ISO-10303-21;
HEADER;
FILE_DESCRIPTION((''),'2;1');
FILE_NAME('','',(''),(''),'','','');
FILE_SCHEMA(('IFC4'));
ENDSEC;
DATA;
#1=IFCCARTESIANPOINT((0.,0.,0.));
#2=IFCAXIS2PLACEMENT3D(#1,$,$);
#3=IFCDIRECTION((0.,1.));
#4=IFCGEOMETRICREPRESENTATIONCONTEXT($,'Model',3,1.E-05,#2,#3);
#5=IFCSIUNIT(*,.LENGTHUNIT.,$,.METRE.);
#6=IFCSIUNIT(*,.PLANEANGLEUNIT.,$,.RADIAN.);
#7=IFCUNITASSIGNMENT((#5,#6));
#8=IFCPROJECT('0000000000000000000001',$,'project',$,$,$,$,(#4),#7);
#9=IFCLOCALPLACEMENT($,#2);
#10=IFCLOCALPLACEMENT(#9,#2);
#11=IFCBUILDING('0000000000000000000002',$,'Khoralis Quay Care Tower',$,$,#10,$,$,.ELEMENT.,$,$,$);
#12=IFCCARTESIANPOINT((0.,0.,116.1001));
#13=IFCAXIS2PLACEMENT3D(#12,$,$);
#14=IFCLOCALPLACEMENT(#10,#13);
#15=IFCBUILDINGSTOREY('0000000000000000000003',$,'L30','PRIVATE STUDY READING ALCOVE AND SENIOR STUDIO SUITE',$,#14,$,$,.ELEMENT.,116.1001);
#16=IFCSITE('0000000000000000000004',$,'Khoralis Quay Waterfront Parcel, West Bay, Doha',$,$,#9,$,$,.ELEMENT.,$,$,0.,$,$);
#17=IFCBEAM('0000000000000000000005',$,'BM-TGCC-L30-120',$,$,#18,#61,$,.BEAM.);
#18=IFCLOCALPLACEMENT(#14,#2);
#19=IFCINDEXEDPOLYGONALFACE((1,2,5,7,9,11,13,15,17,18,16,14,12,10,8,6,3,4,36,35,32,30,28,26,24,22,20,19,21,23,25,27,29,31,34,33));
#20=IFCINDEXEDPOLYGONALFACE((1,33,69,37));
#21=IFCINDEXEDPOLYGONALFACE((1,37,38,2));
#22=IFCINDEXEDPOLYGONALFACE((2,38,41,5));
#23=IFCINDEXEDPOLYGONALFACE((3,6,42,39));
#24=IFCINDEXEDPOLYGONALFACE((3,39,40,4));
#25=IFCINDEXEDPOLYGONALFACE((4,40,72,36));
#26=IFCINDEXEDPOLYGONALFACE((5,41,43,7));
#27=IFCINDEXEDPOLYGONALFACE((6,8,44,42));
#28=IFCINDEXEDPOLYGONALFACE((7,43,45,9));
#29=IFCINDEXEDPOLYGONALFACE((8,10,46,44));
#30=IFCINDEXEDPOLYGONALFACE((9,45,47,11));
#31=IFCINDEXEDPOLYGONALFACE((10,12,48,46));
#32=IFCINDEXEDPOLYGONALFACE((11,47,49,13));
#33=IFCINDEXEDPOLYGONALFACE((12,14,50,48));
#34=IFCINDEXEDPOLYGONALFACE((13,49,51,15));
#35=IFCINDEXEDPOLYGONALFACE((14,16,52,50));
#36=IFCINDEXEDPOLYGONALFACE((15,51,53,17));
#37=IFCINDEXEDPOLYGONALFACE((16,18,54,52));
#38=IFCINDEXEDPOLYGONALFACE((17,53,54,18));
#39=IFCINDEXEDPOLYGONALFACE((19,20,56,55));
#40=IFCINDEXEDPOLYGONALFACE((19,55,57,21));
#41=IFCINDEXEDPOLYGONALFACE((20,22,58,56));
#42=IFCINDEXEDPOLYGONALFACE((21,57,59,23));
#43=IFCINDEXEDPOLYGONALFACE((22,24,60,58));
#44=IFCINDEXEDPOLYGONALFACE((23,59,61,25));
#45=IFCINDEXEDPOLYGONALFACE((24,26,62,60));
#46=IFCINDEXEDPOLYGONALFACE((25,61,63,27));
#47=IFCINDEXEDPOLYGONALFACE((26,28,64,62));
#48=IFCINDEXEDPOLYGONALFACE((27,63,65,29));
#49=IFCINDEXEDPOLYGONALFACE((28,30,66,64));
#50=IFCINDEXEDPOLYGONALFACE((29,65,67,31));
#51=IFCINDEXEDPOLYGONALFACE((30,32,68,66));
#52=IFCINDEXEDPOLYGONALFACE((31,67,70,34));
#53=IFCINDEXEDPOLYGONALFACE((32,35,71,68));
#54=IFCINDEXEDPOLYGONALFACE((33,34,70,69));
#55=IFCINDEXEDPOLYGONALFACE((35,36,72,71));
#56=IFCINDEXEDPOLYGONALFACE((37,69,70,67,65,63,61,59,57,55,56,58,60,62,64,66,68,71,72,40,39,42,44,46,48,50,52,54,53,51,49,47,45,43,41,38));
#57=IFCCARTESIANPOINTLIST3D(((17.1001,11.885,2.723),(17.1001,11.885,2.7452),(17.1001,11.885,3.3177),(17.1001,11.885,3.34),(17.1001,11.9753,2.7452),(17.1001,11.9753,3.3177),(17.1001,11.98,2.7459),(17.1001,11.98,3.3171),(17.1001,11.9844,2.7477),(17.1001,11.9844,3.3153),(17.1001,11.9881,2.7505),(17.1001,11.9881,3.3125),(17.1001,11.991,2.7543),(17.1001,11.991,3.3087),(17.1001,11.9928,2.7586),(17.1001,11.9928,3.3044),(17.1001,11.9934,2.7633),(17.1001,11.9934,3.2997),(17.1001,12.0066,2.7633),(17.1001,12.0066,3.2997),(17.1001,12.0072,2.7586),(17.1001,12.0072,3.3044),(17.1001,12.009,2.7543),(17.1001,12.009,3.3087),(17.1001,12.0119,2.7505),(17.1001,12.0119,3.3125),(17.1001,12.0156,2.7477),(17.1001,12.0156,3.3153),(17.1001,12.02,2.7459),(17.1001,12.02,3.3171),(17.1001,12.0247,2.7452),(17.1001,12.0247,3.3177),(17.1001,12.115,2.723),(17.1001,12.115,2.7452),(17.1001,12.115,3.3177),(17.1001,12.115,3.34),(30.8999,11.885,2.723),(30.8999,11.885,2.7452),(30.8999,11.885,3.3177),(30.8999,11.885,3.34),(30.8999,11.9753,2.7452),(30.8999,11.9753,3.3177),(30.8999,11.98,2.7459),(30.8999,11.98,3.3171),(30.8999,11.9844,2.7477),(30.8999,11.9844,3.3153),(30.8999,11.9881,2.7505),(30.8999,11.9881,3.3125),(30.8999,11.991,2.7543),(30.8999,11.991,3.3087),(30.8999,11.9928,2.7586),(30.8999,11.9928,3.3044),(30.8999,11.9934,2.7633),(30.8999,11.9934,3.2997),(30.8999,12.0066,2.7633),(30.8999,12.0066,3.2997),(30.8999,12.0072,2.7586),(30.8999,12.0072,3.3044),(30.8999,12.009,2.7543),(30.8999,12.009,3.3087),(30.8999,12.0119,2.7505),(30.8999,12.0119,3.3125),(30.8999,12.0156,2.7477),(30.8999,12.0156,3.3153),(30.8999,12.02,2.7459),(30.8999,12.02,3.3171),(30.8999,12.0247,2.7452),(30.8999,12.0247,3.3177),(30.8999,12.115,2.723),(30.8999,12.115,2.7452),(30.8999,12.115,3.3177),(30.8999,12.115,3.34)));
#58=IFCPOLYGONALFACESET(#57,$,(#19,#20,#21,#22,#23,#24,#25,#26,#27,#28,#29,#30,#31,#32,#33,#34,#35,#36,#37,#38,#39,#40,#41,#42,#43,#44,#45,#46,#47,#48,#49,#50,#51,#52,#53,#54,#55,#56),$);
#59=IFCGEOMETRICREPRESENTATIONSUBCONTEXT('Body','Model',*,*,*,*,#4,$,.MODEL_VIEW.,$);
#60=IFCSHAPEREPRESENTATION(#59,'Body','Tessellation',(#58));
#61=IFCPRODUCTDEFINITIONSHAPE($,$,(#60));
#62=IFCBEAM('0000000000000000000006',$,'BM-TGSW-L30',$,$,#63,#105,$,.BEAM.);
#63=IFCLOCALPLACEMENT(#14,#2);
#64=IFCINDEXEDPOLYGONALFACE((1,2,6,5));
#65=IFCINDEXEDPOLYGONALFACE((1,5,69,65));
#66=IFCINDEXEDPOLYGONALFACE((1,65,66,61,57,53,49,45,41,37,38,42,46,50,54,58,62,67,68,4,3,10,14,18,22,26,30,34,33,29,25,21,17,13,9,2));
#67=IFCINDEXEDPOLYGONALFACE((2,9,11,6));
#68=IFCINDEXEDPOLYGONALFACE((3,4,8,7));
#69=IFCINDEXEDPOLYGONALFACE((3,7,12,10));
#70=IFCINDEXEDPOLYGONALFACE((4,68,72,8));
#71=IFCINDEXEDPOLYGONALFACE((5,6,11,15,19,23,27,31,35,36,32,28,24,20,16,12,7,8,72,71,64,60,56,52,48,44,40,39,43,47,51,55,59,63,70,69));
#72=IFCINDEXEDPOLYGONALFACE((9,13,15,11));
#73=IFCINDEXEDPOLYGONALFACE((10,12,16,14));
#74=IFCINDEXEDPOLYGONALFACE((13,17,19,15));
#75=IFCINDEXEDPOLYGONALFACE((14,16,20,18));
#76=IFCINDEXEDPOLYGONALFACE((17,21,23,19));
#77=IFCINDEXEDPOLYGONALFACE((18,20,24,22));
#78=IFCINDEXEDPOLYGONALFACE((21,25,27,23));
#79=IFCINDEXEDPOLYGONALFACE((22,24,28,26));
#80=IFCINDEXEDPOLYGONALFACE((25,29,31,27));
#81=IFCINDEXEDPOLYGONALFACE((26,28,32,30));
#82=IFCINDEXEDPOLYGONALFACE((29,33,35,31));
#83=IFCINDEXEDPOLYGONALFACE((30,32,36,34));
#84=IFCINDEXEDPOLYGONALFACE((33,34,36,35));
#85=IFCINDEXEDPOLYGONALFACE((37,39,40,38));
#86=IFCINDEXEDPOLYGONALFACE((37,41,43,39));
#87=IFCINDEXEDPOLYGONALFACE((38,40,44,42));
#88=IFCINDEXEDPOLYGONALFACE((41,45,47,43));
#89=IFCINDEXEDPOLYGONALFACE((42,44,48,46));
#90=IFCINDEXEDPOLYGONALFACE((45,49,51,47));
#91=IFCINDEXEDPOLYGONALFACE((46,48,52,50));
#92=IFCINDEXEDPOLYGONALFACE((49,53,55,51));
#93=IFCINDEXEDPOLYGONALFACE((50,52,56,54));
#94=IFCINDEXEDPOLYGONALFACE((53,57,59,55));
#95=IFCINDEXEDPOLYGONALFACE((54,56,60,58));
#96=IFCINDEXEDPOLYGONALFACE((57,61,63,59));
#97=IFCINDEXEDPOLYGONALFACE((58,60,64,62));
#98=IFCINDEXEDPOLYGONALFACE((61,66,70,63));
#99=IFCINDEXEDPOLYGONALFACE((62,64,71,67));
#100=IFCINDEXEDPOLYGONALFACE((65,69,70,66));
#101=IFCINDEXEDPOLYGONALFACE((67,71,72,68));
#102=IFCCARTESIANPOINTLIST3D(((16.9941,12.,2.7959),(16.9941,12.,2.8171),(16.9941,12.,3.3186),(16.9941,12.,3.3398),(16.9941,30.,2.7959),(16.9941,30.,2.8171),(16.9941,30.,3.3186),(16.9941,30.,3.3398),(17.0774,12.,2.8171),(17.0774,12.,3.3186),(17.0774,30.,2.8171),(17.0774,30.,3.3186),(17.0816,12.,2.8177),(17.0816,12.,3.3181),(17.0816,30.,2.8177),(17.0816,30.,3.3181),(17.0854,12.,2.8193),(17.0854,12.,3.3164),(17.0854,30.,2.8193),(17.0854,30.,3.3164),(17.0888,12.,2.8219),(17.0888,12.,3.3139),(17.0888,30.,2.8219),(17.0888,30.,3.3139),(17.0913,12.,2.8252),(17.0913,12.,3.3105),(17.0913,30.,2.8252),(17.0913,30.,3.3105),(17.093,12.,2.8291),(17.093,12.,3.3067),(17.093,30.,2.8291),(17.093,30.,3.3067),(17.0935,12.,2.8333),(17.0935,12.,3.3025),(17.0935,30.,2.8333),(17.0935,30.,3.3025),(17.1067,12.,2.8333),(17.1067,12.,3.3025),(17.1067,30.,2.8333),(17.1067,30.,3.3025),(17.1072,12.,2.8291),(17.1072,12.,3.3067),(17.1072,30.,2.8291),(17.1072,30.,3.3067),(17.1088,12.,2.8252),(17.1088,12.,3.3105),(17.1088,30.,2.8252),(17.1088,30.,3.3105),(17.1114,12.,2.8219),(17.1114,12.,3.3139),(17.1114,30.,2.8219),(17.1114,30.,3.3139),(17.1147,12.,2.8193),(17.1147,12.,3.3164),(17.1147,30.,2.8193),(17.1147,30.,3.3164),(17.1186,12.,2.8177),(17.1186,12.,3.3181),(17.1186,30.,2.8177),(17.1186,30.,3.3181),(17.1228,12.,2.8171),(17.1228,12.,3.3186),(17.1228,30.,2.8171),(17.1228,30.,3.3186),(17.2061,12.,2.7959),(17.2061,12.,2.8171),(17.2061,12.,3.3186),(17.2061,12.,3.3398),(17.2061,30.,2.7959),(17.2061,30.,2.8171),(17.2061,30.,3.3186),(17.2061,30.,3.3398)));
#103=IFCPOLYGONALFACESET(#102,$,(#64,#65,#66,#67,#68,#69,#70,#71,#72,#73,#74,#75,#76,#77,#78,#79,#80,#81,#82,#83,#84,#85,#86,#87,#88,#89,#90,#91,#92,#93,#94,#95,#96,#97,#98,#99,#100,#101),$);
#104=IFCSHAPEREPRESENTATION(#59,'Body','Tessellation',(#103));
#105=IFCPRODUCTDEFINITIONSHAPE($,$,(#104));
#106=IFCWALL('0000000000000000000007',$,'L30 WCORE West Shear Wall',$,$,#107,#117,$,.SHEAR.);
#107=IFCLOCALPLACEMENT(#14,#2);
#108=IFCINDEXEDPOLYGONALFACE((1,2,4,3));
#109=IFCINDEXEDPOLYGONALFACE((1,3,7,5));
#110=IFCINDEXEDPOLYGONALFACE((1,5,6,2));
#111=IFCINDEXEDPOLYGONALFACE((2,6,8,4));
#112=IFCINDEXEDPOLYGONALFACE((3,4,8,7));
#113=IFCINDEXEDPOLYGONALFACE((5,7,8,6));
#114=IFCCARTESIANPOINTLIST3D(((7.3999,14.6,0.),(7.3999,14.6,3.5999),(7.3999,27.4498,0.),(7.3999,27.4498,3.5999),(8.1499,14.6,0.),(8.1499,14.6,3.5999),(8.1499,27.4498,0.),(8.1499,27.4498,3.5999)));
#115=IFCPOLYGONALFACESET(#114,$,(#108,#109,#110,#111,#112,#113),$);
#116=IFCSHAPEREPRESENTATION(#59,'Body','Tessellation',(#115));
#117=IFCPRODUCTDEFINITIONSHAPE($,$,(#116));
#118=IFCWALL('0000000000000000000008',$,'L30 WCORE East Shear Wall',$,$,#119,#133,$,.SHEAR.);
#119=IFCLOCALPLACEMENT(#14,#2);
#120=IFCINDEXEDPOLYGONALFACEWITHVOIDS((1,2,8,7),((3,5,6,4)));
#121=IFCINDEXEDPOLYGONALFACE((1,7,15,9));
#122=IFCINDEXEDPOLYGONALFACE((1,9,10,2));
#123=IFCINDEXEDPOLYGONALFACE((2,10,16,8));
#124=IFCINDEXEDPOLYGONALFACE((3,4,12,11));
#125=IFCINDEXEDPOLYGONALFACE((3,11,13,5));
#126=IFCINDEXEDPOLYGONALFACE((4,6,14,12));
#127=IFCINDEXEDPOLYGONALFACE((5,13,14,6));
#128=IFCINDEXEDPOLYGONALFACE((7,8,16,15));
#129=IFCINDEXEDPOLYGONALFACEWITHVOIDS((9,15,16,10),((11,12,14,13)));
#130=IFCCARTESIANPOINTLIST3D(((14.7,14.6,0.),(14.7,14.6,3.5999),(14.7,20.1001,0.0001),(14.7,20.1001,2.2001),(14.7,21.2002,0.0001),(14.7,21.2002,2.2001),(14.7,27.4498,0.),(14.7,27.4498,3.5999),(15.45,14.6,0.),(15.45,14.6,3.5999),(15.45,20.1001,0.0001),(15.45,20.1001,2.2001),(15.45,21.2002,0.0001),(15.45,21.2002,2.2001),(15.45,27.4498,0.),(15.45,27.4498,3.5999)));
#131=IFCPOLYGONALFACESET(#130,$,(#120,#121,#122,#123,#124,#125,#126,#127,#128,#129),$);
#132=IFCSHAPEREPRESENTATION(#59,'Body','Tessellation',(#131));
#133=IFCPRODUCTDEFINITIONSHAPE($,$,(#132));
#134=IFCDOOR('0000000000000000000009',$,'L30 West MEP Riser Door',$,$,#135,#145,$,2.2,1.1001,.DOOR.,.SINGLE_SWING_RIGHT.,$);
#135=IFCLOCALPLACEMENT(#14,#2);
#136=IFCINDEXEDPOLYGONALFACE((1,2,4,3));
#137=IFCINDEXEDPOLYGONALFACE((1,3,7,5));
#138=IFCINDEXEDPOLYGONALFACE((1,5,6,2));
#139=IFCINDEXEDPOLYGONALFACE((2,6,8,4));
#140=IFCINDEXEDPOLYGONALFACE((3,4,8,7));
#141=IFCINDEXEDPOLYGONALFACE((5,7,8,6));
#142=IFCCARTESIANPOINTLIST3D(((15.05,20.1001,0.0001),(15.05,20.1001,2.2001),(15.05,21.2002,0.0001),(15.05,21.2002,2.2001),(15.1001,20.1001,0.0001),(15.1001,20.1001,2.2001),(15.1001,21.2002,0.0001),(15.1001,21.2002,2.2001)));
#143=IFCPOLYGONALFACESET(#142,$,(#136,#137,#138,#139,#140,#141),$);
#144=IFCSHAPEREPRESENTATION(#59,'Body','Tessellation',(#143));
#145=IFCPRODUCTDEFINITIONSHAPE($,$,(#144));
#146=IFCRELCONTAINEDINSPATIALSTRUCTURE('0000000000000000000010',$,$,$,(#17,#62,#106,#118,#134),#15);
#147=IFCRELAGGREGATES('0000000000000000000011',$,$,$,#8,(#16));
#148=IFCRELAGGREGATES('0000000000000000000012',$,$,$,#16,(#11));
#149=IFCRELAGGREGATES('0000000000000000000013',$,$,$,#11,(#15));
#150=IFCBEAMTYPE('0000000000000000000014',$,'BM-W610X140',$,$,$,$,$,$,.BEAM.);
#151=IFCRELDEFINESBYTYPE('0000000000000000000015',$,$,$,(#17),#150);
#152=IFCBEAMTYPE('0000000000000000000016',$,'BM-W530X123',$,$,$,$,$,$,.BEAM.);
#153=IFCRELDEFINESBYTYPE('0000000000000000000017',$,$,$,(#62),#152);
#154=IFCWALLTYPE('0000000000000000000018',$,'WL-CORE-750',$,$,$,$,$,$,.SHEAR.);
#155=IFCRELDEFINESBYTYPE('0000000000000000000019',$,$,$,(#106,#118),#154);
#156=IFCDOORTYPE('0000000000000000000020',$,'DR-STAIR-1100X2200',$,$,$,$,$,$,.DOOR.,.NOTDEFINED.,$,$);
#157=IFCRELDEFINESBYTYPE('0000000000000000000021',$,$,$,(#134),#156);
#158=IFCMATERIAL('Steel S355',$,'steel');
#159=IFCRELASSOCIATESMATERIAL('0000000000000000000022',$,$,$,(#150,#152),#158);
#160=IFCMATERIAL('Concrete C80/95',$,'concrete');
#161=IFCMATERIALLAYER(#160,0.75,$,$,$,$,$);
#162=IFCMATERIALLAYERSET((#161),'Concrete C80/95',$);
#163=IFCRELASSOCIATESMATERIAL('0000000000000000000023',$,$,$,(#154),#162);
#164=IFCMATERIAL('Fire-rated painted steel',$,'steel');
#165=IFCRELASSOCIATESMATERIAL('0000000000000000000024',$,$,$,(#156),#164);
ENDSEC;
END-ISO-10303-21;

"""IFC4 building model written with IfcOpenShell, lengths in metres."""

from ifc_helpers import new_model, si_unit, direction, frame, frame_2d, origin, origin_2d, place, context, subcontext, project, spatial, rectangle, i_section, extrude, source, transform, mapped, material, layer, layer_set, material_profile, profile_set, type_object, element, fill, save


model = new_model("IFC4")

# Units and contexts
model_context = context("Model", 3, precision=1e-05, world=origin(), true_north=direction((0.0, 1.0)))
body_context = subcontext(model_context, "Body", "Model", "MODEL_VIEW")
ifc_project = project(units=[si_unit("LENGTHUNIT", "METRE"), si_unit("PLANEANGLEUNIT", "RADIAN")], contexts=[model_context])

# Site, building, storey
site_placement = place(None, origin())
site = spatial("IfcSite", under=ifc_project, at=site_placement, Name="Khoralis Quay Waterfront Parcel, West Bay, Doha", CompositionType="ELEMENT", RefElevation=0.0)
building_placement = place(site_placement, origin())
building = spatial("IfcBuilding", under=site, at=building_placement, Name="Khoralis Quay Care Tower", CompositionType="ELEMENT")
storey_placement = place(building_placement, frame((0.0, 0.0, 116.1001)))
storey = spatial("IfcBuildingStorey", under=building, at=storey_placement, Name="L30", Description="PRIVATE STUDY READING ALCOVE AND SENIOR STUDIO SUITE", CompositionType="ELEMENT", Elevation=116.1001)

# Beams
ifc_material_1 = material(Name="Steel S355", Category="steel")
ifc_material_profile_1 = material_profile(ifc_material_1, i_section(OverallWidth=0.23, OverallDepth=0.6169, WebThickness=0.0132, FlangeThickness=0.0222, FilletRadius=0.0181, at=origin_2d()), Name="Steel S355")
ifc_profile_set_1 = profile_set([ifc_material_profile_1], Name="Steel S355")
beam_type_1 = type_object("IfcBeamType", Name="BM-W610X140", PredefinedType="BEAM", material=ifc_profile_set_1)
shared_shape_1 = source(origin(), body_context, "Body", "SweptSolid", [
    extrude(i_section(OverallWidth=0.23, OverallDepth=0.6169, WebThickness=0.0132, FlangeThickness=0.0222, FilletRadius=0.0181, at=origin_2d()), origin(), (0.0, 0.0, 1.0), 13.7998),
])
beam_1_placement = place(storey_placement, frame((17.1001, 12.0, 3.0315), z_axis=(1.0, 0.0, 0.0), x_axis=(0.0, 1.0, 0.0)))
element("IfcBeam", 1, at=beam_1_placement, inside=storey, type_object=beam_type_1, Name="BM-TGCC-L30-120", PredefinedType="BEAM", context=body_context, shape_type="MappedRepresentation", body=[
    mapped(shared_shape_1, transform((0.0, 0.0, 0.0), scale=1.0)),
])
ifc_material_profile_2 = material_profile(ifc_material_1, i_section(OverallWidth=0.2119, OverallDepth=0.5439, WebThickness=0.0132, FlangeThickness=0.0212, FilletRadius=0.0161, at=origin_2d()), Name="Steel S355")
ifc_profile_set_2 = profile_set([ifc_material_profile_2], Name="Steel S355")
beam_type_2 = type_object("IfcBeamType", Name="BM-W530X123", PredefinedType="BEAM", material=ifc_profile_set_2)
shared_shape_2 = source(origin(), body_context, "Body", "SweptSolid", [
    extrude(i_section(OverallWidth=0.2119, OverallDepth=0.5439, WebThickness=0.0132, FlangeThickness=0.0212, FilletRadius=0.0161, at=origin_2d()), origin(), (0.0, 0.0, 1.0), 18.0),
])
beam_2_placement = place(storey_placement, frame((17.1001, 12.0, 3.0679), z_axis=(0.0, 1.0, 0.0), x_axis=(-1.0, 0.0, 0.0)))
element("IfcBeam", 2, at=beam_2_placement, inside=storey, type_object=beam_type_2, Name="BM-TGSW-L30", PredefinedType="BEAM", context=body_context, shape_type="MappedRepresentation", body=[
    mapped(shared_shape_2, transform((0.0, 0.0, 0.0), scale=1.0)),
])

# Wall
ifc_material_2 = material(Name="Concrete C80/95", Category="concrete")
ifc_layer_1 = layer(ifc_material_2, 0.75)
ifc_layer_set_1 = layer_set([ifc_layer_1], Name="Concrete C80/95")
wall_type_1 = type_object("IfcWallType", Name="WL-CORE-750", PredefinedType="SHEAR", material=ifc_layer_set_1)
wall_1_placement = place(storey_placement, frame((7.7749, 14.6001, 0.0), z_axis=(0.0, 0.0, 1.0), x_axis=(0.0, 1.0, 0.0)))
element("IfcWall", 3, at=wall_1_placement, inside=storey, type_object=wall_type_1, Name="L30 WCORE West Shear Wall", PredefinedType="SHEAR", context=body_context, shape_type="SweptSolid", body=[
    extrude(rectangle(XDim=12.8499, YDim=0.75, at=frame_2d((6.4248, 0.0))), origin(), (0.0, 0.0, 1.0), 3.5999),
])

# Wall, opening, door
wall_2_placement = place(storey_placement, frame((15.075, 14.6001, 0.0), z_axis=(0.0, 0.0, 1.0), x_axis=(0.0, 1.0, 0.0)))
wall_2 = element("IfcWall", 4, at=wall_2_placement, inside=storey, type_object=wall_type_1, Name="L30 WCORE East Shear Wall", PredefinedType="SHEAR", context=body_context, shape_type="SweptSolid", body=[
    extrude(rectangle(XDim=12.8499, YDim=0.75, at=frame_2d((6.4248, 0.0))), origin(), (0.0, 0.0, 1.0), 3.5999),
])
opening_1_placement = place(wall_2_placement, frame((5.5, 0.0, 0.0)))
opening_1 = element("IfcOpeningElement", 5, at=opening_1_placement, cuts=wall_2, PredefinedType="OPENING", context=body_context, shape_type="SweptSolid", body=[
    extrude(rectangle(XDim=1.1001, YDim=2.2, at=frame_2d((0.55, 1.1001))), frame((0.0, 0.385, 0.0), z_axis=(0.0, -1.0, 0.0), x_axis=(1.0, 0.0, 0.0)), (0.0, 0.0, 1.0), 0.77),
])
ifc_material_3 = material(Name="Fire-rated painted steel", Category="steel")
door_type_1 = type_object("IfcDoorType", Name="DR-STAIR-1100X2200", OperationType="NOTDEFINED", PredefinedType="DOOR", material=ifc_material_3)
shared_shape_3 = source(origin(), body_context, "Body", "SweptSolid", [
    extrude(rectangle(XDim=1.1001, YDim=2.2, at=frame_2d((0.55, 1.1001))), frame((0.0, 0.0249, 0.0), z_axis=(0.0, -1.0, 0.0), x_axis=(1.0, 0.0, 0.0)), (0.0, 0.0, 1.0), 0.05),
])
door_1_placement = place(opening_1_placement, origin())
door_1 = element("IfcDoor", 6, at=door_1_placement, inside=storey, type_object=door_type_1, Name="L30 West MEP Riser Door", OperationType="SINGLE_SWING_RIGHT", OverallHeight=2.2, OverallWidth=1.1001, PredefinedType="DOOR", context=body_context, shape_type="MappedRepresentation", body=[
    mapped(shared_shape_3, transform((0.0, 0.0, 0.0), scale=1.0)),
])
fill(opening_1, door_1)

save(model, "model.ifc")
